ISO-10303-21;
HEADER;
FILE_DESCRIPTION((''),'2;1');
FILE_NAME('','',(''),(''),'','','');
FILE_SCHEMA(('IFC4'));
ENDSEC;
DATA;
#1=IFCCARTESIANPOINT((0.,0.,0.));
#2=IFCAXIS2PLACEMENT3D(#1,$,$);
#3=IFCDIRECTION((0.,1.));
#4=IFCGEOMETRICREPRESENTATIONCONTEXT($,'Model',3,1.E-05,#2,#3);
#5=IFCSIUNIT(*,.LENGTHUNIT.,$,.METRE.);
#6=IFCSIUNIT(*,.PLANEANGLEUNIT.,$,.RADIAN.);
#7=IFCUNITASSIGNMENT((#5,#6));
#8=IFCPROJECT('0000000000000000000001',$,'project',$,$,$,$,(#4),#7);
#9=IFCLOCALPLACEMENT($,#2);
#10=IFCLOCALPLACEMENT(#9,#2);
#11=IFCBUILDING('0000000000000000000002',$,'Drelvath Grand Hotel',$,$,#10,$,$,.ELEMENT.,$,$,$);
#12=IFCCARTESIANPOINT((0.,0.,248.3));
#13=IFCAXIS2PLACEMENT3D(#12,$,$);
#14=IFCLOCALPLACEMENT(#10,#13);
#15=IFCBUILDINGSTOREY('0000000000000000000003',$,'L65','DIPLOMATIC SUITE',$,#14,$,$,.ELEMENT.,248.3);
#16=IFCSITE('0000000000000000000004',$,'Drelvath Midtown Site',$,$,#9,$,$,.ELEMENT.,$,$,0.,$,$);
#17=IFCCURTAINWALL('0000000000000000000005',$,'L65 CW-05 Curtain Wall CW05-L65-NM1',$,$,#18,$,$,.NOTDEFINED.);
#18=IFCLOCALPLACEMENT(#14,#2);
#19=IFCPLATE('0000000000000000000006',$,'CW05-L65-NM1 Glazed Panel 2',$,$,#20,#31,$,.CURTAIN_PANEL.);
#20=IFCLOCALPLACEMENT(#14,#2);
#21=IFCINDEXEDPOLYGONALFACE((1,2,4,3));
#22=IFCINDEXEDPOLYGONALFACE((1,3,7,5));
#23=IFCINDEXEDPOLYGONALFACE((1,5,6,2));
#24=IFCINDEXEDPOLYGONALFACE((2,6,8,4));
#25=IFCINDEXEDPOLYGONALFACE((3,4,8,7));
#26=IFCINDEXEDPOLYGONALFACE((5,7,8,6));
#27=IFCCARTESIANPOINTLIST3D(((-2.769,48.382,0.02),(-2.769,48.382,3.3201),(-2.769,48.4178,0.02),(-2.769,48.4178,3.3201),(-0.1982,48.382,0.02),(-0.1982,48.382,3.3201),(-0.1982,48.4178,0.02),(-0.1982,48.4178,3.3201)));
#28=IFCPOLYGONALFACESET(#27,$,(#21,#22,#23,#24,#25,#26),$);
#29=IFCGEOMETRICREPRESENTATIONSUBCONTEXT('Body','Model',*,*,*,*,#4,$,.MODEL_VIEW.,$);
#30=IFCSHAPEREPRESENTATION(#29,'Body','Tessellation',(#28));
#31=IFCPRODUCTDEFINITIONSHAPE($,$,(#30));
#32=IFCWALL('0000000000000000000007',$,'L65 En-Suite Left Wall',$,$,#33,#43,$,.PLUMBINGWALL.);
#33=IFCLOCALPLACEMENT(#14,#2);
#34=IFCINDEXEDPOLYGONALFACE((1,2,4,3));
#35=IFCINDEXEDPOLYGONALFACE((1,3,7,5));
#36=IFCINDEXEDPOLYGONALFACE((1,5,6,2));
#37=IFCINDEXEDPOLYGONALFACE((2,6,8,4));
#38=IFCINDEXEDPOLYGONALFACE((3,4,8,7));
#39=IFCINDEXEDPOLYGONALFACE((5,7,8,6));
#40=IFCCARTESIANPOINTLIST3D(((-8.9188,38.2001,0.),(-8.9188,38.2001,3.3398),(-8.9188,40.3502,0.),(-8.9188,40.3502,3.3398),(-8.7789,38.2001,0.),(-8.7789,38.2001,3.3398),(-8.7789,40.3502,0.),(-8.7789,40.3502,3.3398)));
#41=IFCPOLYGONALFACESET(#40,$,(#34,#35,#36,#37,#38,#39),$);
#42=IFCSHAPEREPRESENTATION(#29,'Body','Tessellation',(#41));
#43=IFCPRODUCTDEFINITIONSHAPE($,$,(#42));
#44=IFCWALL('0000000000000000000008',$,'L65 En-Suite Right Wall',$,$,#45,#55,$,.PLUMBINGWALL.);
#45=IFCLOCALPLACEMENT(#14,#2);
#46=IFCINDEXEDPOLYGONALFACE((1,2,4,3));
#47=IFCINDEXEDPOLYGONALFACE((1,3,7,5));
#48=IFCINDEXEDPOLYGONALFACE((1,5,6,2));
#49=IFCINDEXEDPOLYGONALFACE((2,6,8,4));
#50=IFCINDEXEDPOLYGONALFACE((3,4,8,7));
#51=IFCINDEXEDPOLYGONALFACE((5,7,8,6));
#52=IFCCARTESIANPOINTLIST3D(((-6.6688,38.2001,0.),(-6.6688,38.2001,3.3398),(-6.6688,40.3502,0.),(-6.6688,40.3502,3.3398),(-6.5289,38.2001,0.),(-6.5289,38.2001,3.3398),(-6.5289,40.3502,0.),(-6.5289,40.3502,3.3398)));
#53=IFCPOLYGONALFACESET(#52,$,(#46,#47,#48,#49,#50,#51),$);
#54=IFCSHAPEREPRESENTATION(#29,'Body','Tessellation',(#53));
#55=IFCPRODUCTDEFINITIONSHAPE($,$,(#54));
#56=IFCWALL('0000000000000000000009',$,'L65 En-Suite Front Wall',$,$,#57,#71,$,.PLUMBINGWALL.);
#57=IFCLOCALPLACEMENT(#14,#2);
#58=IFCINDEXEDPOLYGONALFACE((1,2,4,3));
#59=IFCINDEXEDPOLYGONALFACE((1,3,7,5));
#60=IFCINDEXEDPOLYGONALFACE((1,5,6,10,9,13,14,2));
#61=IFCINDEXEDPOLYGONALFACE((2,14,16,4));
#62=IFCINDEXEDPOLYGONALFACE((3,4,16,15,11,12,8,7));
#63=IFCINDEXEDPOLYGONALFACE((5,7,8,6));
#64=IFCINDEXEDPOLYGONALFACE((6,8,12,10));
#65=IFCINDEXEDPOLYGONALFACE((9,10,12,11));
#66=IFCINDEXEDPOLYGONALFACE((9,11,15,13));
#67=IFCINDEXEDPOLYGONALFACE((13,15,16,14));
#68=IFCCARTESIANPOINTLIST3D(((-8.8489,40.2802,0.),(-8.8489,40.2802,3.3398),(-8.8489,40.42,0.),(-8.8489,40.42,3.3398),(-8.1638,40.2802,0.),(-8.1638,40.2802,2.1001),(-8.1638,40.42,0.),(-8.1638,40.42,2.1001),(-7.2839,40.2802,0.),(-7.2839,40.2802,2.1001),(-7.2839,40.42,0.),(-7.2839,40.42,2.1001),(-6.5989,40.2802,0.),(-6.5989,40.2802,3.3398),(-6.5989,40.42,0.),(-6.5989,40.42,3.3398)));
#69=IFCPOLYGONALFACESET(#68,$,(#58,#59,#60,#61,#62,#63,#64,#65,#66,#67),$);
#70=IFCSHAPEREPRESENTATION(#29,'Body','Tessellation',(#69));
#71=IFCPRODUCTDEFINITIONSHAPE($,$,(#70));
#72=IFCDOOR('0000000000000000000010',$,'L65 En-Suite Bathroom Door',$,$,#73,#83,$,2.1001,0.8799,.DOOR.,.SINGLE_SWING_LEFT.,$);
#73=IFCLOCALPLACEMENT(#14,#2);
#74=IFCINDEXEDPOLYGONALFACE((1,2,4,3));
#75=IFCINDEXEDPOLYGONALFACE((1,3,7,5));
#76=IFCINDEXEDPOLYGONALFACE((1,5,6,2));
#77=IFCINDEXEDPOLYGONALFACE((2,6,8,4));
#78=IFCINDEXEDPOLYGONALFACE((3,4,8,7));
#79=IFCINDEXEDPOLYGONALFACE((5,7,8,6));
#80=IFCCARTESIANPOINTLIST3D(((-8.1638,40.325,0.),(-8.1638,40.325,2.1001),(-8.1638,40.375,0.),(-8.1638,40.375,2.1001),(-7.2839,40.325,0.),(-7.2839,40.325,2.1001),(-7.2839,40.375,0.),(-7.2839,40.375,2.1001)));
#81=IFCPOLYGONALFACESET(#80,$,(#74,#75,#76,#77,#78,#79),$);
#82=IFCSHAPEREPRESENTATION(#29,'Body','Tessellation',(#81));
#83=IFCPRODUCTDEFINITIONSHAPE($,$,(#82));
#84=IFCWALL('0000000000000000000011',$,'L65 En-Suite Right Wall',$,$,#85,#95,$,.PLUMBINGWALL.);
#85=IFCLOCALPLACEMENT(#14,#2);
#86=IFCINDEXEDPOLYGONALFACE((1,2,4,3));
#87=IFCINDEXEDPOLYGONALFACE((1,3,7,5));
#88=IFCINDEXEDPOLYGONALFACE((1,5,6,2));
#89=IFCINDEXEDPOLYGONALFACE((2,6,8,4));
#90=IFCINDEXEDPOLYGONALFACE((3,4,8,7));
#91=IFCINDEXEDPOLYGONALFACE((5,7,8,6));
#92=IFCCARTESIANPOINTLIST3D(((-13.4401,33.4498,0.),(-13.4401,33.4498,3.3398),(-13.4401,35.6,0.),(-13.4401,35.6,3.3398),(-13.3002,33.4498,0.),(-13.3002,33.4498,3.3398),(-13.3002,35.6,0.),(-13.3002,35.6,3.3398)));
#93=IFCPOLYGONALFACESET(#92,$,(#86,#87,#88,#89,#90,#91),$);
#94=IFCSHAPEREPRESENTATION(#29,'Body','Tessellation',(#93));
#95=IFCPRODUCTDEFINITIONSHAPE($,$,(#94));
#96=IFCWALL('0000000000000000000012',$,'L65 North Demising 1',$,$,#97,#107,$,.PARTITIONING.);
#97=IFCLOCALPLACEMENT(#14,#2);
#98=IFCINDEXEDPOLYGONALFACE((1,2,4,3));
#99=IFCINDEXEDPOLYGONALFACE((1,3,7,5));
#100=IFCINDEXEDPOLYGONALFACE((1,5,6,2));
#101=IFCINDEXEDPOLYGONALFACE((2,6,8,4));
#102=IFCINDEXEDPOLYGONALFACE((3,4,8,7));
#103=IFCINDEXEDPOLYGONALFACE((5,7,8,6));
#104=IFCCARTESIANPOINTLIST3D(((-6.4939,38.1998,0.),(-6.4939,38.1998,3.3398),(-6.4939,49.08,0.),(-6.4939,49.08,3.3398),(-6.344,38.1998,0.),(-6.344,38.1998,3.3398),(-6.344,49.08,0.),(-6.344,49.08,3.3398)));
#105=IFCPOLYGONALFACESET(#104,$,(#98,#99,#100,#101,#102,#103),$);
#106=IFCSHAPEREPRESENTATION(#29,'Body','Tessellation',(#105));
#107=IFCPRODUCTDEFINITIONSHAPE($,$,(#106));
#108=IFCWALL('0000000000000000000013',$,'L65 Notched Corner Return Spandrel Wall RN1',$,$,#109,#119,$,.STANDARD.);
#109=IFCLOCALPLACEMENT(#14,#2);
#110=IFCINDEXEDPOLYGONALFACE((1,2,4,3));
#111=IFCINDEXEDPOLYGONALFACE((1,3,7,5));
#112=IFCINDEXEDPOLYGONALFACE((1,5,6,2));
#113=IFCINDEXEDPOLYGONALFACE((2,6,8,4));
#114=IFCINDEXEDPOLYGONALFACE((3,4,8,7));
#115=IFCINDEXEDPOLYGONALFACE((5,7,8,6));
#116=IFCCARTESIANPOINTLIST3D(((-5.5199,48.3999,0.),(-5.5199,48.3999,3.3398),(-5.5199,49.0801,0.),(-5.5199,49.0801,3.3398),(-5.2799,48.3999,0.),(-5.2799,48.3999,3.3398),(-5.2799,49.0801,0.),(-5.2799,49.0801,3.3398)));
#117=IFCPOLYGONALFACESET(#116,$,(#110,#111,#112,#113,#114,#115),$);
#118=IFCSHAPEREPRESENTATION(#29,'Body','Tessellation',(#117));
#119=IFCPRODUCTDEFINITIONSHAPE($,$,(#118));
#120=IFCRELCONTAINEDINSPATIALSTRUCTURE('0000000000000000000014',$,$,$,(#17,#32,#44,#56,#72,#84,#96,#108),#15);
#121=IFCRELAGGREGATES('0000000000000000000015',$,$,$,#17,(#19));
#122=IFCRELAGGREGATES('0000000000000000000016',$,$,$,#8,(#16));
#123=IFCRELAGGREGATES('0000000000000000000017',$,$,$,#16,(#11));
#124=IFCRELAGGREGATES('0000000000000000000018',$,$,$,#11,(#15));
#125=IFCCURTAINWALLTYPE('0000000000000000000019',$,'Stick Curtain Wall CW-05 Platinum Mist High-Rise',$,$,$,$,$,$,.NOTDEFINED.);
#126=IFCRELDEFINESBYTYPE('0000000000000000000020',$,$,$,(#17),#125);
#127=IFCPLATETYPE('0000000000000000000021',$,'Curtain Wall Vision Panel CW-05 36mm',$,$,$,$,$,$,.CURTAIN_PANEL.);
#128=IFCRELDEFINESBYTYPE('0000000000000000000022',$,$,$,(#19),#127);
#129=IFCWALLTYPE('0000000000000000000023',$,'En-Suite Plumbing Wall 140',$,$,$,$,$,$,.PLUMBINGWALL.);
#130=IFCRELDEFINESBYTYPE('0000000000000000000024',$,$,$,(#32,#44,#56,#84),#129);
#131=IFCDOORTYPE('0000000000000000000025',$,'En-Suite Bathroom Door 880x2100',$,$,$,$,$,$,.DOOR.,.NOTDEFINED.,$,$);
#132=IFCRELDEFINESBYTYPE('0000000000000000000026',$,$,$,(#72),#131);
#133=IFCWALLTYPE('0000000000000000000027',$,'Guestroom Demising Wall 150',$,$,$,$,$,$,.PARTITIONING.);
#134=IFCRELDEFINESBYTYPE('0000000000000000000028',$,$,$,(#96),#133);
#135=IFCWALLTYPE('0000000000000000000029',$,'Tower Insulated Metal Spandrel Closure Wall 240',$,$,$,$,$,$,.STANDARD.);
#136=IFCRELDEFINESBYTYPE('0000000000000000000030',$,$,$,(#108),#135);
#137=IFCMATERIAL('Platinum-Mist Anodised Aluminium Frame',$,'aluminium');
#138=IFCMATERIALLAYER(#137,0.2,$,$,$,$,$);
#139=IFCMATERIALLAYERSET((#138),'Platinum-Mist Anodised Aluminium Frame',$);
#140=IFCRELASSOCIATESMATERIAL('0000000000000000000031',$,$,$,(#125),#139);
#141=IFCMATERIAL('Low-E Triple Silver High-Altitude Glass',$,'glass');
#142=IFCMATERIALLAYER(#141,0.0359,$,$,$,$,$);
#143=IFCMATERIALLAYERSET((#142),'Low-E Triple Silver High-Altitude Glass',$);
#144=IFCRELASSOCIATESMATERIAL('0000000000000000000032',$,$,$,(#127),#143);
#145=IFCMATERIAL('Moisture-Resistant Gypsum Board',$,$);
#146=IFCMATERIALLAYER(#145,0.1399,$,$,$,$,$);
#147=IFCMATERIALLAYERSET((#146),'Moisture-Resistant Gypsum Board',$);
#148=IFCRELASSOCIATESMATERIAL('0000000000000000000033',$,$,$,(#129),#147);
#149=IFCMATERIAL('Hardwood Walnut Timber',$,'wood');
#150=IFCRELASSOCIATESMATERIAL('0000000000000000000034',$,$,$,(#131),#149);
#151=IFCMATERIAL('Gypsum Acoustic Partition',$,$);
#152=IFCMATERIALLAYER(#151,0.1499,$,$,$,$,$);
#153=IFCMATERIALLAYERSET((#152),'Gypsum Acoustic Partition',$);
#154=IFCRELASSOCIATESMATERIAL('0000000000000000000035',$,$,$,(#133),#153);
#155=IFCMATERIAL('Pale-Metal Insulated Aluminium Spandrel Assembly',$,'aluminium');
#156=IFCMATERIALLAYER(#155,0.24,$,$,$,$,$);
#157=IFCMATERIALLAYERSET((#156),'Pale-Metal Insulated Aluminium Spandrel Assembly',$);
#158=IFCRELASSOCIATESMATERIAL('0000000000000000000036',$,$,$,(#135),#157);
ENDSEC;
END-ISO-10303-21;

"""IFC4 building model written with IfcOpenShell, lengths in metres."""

from ifc_helpers import new_model, si_unit, direction, frame, frame_2d, origin, origin_2d, place, context, subcontext, project, spatial, rectangle, extrude, material, layer, layer_set, type_object, element, fill, aggregate, save


model = new_model("IFC4")

# Units and contexts
model_context = context("Model", 3, precision=1e-05, world=origin(), true_north=direction((0.0, 1.0)))
body_context = subcontext(model_context, "Body", "Model", "MODEL_VIEW")
ifc_project = project(units=[si_unit("LENGTHUNIT", "METRE"), si_unit("PLANEANGLEUNIT", "RADIAN")], contexts=[model_context])

# Site, building, storey
site_placement = place(None, origin())
site = spatial("IfcSite", under=ifc_project, at=site_placement, Name="Drelvath Midtown Site", CompositionType="ELEMENT", RefElevation=0.0)
building_placement = place(site_placement, origin())
building = spatial("IfcBuilding", under=site, at=building_placement, Name="Drelvath Grand Hotel", CompositionType="ELEMENT")
storey_placement = place(building_placement, frame((0.0, 0.0, 248.3)))
storey = spatial("IfcBuildingStorey", under=building, at=storey_placement, Name="L65", Description="DIPLOMATIC SUITE", CompositionType="ELEMENT", Elevation=248.3)

# Curtain wall
ifc_material_1 = material(Name="Platinum-Mist Anodised Aluminium Frame", Category="aluminium")
ifc_layer_1 = layer(ifc_material_1, 0.2)
ifc_layer_set_1 = layer_set([ifc_layer_1], Name="Platinum-Mist Anodised Aluminium Frame")
curtain_wall_type = type_object("IfcCurtainWallType", Name="Stick Curtain Wall CW-05 Platinum Mist High-Rise", PredefinedType="NOTDEFINED", material=ifc_layer_set_1)
curtain_wall_1_placement = place(storey_placement, origin())
curtain_wall_1 = element("IfcCurtainWall", 1, at=curtain_wall_1_placement, inside=storey, type_object=curtain_wall_type, Name="L65 CW-05 Curtain Wall CW05-L65-NM1", PredefinedType="NOTDEFINED")

# Plate
ifc_material_2 = material(Name="Low-E Triple Silver High-Altitude Glass", Category="glass")
ifc_layer_2 = layer(ifc_material_2, 0.0359)
ifc_layer_set_2 = layer_set([ifc_layer_2], Name="Low-E Triple Silver High-Altitude Glass")
plate_type = type_object("IfcPlateType", Name="Curtain Wall Vision Panel CW-05 36mm", PredefinedType="CURTAIN_PANEL", material=ifc_layer_set_2)
plate_1_placement = place(storey_placement, frame((-1.4836, 48.3999, 0.02), z_axis=(0.0, 0.0, 1.0), x_axis=(1.0, 0.0, 0.0)))
plate_1 = element("IfcPlate", 2, at=plate_1_placement, type_object=plate_type, Name="CW05-L65-NM1 Glazed Panel 2", PredefinedType="CURTAIN_PANEL", context=body_context, shape_type="SweptSolid", body=[
    extrude(rectangle(XDim=2.5708, YDim=0.0359, at=origin_2d()), origin(), (0.0, 0.0, 1.0), 3.3),
])
aggregate(curtain_wall_1, [plate_1])

# Walls
ifc_material_3 = material(Name="Moisture-Resistant Gypsum Board")
ifc_layer_3 = layer(ifc_material_3, 0.1399)
ifc_layer_set_3 = layer_set([ifc_layer_3], Name="Moisture-Resistant Gypsum Board")
wall_type_1 = type_object("IfcWallType", Name="En-Suite Plumbing Wall 140", PredefinedType="PLUMBINGWALL", material=ifc_layer_set_3)
for number, where, z_axis, x_axis, name in (
    (3, (-8.8489, 38.2, 0.0), (0.0, 0.0, 1.0), (0.0, 1.0, 0.0), "L65 En-Suite Left Wall"),
    (4, (-6.5989, 38.2, 0.0), (0.0, 0.0, 1.0), (0.0, 1.0, 0.0), "L65 En-Suite Right Wall"),
):
    element("IfcWall", number, at=place(storey_placement, frame(where, z_axis=z_axis, x_axis=x_axis)), inside=storey, type_object=wall_type_1, Name=name, PredefinedType="PLUMBINGWALL", context=body_context, shape_type="SweptSolid", body=[
        extrude(rectangle(XDim=2.1501, YDim=0.1399, at=frame_2d((1.0752, 0.0))), origin(), (0.0, 0.0, 1.0), 3.3398),
    ])

# Wall, opening, door
wall_1_placement = place(storey_placement, frame((-8.8489, 40.3501, 0.0), z_axis=(0.0, 0.0, 1.0), x_axis=(1.0, 0.0, 0.0)))
wall_1 = element("IfcWall", 5, at=wall_1_placement, inside=storey, type_object=wall_type_1, Name="L65 En-Suite Front Wall", PredefinedType="PLUMBINGWALL", context=body_context, shape_type="SweptSolid", body=[
    extrude(rectangle(XDim=2.25, YDim=0.1399, at=frame_2d((1.125, 0.0))), origin(), (0.0, 0.0, 1.0), 3.3398),
])
opening_placement = place(wall_1_placement, frame((0.6851, 0.0, 0.0)))
opening = element("IfcOpeningElement", 6, at=opening_placement, cuts=wall_1, PredefinedType="OPENING", context=body_context, shape_type="SweptSolid", body=[
    extrude(rectangle(XDim=0.8799, YDim=2.1001, at=frame_2d((0.4399, 1.05))), frame((0.0, 0.0798, 0.0), z_axis=(0.0, -1.0, 0.0), x_axis=(1.0, 0.0, 0.0)), (0.0, 0.0, 1.0), 0.1599),
])
ifc_material_4 = material(Name="Hardwood Walnut Timber", Category="wood")
door_type = type_object("IfcDoorType", Name="En-Suite Bathroom Door 880x2100", OperationType="NOTDEFINED", PredefinedType="DOOR", material=ifc_material_4)
door_placement = place(opening_placement, origin())
door = element("IfcDoor", 7, at=door_placement, inside=storey, type_object=door_type, Name="L65 En-Suite Bathroom Door", OperationType="SINGLE_SWING_LEFT", OverallHeight=2.1001, OverallWidth=0.8799, PredefinedType="DOOR", context=body_context, shape_type="SweptSolid", body=[
    extrude(rectangle(XDim=0.8799, YDim=2.1001, at=frame_2d((0.4399, 1.05))), frame((0.0, 0.0249, 0.0), z_axis=(0.0, -1.0, 0.0), x_axis=(1.0, 0.0, 0.0)), (0.0, 0.0, 1.0), 0.05),
])
fill(opening, door)

# Walls
wall_2_placement = place(storey_placement, frame((-13.3701, 35.6001, 0.0), z_axis=(0.0, 0.0, 1.0), x_axis=(0.0, -1.0, 0.0)))
element("IfcWall", 8, at=wall_2_placement, inside=storey, type_object=wall_type_1, Name="L65 En-Suite Right Wall", PredefinedType="PLUMBINGWALL", context=body_context, shape_type="SweptSolid", body=[
    extrude(rectangle(XDim=2.1501, YDim=0.1399, at=frame_2d((1.0752, 0.0))), origin(), (0.0, 0.0, 1.0), 3.3398),
])
ifc_material_5 = material(Name="Gypsum Acoustic Partition")
ifc_layer_4 = layer(ifc_material_5, 0.1499)
ifc_layer_set_4 = layer_set([ifc_layer_4], Name="Gypsum Acoustic Partition")
wall_type_2 = type_object("IfcWallType", Name="Guestroom Demising Wall 150", PredefinedType="PARTITIONING", material=ifc_layer_set_4)
wall_3_placement = place(storey_placement, frame((-6.4189, 38.2, 0.0), z_axis=(0.0, 0.0, 1.0), x_axis=(0.0, 1.0, 0.0)))
element("IfcWall", 9, at=wall_3_placement, inside=storey, type_object=wall_type_2, Name="L65 North Demising 1", PredefinedType="PARTITIONING", context=body_context, shape_type="SweptSolid", body=[
    extrude(rectangle(XDim=10.8801, YDim=0.1499, at=frame_2d((5.4399, 0.0))), origin(), (0.0, 0.0, 1.0), 3.3398),
])
ifc_material_6 = material(Name="Pale-Metal Insulated Aluminium Spandrel Assembly", Category="aluminium")
ifc_layer_5 = layer(ifc_material_6, 0.24)
ifc_layer_set_5 = layer_set([ifc_layer_5], Name="Pale-Metal Insulated Aluminium Spandrel Assembly")
wall_type_3 = type_object("IfcWallType", Name="Tower Insulated Metal Spandrel Closure Wall 240", PredefinedType="STANDARD", material=ifc_layer_set_5)
wall_4_placement = place(storey_placement, frame((-5.3999, 49.0801, 0.0), z_axis=(0.0, 0.0, 1.0), x_axis=(0.0, -1.0, 0.0)))
element("IfcWall", 10, at=wall_4_placement, inside=storey, type_object=wall_type_3, Name="L65 Notched Corner Return Spandrel Wall RN1", PredefinedType="STANDARD", context=body_context, shape_type="SweptSolid", body=[
    extrude(rectangle(XDim=0.6802, YDim=0.24, at=frame_2d((0.3401, 0.0))), origin(), (0.0, 0.0, 1.0), 3.3398),
])

save(model, "model.ifc")
